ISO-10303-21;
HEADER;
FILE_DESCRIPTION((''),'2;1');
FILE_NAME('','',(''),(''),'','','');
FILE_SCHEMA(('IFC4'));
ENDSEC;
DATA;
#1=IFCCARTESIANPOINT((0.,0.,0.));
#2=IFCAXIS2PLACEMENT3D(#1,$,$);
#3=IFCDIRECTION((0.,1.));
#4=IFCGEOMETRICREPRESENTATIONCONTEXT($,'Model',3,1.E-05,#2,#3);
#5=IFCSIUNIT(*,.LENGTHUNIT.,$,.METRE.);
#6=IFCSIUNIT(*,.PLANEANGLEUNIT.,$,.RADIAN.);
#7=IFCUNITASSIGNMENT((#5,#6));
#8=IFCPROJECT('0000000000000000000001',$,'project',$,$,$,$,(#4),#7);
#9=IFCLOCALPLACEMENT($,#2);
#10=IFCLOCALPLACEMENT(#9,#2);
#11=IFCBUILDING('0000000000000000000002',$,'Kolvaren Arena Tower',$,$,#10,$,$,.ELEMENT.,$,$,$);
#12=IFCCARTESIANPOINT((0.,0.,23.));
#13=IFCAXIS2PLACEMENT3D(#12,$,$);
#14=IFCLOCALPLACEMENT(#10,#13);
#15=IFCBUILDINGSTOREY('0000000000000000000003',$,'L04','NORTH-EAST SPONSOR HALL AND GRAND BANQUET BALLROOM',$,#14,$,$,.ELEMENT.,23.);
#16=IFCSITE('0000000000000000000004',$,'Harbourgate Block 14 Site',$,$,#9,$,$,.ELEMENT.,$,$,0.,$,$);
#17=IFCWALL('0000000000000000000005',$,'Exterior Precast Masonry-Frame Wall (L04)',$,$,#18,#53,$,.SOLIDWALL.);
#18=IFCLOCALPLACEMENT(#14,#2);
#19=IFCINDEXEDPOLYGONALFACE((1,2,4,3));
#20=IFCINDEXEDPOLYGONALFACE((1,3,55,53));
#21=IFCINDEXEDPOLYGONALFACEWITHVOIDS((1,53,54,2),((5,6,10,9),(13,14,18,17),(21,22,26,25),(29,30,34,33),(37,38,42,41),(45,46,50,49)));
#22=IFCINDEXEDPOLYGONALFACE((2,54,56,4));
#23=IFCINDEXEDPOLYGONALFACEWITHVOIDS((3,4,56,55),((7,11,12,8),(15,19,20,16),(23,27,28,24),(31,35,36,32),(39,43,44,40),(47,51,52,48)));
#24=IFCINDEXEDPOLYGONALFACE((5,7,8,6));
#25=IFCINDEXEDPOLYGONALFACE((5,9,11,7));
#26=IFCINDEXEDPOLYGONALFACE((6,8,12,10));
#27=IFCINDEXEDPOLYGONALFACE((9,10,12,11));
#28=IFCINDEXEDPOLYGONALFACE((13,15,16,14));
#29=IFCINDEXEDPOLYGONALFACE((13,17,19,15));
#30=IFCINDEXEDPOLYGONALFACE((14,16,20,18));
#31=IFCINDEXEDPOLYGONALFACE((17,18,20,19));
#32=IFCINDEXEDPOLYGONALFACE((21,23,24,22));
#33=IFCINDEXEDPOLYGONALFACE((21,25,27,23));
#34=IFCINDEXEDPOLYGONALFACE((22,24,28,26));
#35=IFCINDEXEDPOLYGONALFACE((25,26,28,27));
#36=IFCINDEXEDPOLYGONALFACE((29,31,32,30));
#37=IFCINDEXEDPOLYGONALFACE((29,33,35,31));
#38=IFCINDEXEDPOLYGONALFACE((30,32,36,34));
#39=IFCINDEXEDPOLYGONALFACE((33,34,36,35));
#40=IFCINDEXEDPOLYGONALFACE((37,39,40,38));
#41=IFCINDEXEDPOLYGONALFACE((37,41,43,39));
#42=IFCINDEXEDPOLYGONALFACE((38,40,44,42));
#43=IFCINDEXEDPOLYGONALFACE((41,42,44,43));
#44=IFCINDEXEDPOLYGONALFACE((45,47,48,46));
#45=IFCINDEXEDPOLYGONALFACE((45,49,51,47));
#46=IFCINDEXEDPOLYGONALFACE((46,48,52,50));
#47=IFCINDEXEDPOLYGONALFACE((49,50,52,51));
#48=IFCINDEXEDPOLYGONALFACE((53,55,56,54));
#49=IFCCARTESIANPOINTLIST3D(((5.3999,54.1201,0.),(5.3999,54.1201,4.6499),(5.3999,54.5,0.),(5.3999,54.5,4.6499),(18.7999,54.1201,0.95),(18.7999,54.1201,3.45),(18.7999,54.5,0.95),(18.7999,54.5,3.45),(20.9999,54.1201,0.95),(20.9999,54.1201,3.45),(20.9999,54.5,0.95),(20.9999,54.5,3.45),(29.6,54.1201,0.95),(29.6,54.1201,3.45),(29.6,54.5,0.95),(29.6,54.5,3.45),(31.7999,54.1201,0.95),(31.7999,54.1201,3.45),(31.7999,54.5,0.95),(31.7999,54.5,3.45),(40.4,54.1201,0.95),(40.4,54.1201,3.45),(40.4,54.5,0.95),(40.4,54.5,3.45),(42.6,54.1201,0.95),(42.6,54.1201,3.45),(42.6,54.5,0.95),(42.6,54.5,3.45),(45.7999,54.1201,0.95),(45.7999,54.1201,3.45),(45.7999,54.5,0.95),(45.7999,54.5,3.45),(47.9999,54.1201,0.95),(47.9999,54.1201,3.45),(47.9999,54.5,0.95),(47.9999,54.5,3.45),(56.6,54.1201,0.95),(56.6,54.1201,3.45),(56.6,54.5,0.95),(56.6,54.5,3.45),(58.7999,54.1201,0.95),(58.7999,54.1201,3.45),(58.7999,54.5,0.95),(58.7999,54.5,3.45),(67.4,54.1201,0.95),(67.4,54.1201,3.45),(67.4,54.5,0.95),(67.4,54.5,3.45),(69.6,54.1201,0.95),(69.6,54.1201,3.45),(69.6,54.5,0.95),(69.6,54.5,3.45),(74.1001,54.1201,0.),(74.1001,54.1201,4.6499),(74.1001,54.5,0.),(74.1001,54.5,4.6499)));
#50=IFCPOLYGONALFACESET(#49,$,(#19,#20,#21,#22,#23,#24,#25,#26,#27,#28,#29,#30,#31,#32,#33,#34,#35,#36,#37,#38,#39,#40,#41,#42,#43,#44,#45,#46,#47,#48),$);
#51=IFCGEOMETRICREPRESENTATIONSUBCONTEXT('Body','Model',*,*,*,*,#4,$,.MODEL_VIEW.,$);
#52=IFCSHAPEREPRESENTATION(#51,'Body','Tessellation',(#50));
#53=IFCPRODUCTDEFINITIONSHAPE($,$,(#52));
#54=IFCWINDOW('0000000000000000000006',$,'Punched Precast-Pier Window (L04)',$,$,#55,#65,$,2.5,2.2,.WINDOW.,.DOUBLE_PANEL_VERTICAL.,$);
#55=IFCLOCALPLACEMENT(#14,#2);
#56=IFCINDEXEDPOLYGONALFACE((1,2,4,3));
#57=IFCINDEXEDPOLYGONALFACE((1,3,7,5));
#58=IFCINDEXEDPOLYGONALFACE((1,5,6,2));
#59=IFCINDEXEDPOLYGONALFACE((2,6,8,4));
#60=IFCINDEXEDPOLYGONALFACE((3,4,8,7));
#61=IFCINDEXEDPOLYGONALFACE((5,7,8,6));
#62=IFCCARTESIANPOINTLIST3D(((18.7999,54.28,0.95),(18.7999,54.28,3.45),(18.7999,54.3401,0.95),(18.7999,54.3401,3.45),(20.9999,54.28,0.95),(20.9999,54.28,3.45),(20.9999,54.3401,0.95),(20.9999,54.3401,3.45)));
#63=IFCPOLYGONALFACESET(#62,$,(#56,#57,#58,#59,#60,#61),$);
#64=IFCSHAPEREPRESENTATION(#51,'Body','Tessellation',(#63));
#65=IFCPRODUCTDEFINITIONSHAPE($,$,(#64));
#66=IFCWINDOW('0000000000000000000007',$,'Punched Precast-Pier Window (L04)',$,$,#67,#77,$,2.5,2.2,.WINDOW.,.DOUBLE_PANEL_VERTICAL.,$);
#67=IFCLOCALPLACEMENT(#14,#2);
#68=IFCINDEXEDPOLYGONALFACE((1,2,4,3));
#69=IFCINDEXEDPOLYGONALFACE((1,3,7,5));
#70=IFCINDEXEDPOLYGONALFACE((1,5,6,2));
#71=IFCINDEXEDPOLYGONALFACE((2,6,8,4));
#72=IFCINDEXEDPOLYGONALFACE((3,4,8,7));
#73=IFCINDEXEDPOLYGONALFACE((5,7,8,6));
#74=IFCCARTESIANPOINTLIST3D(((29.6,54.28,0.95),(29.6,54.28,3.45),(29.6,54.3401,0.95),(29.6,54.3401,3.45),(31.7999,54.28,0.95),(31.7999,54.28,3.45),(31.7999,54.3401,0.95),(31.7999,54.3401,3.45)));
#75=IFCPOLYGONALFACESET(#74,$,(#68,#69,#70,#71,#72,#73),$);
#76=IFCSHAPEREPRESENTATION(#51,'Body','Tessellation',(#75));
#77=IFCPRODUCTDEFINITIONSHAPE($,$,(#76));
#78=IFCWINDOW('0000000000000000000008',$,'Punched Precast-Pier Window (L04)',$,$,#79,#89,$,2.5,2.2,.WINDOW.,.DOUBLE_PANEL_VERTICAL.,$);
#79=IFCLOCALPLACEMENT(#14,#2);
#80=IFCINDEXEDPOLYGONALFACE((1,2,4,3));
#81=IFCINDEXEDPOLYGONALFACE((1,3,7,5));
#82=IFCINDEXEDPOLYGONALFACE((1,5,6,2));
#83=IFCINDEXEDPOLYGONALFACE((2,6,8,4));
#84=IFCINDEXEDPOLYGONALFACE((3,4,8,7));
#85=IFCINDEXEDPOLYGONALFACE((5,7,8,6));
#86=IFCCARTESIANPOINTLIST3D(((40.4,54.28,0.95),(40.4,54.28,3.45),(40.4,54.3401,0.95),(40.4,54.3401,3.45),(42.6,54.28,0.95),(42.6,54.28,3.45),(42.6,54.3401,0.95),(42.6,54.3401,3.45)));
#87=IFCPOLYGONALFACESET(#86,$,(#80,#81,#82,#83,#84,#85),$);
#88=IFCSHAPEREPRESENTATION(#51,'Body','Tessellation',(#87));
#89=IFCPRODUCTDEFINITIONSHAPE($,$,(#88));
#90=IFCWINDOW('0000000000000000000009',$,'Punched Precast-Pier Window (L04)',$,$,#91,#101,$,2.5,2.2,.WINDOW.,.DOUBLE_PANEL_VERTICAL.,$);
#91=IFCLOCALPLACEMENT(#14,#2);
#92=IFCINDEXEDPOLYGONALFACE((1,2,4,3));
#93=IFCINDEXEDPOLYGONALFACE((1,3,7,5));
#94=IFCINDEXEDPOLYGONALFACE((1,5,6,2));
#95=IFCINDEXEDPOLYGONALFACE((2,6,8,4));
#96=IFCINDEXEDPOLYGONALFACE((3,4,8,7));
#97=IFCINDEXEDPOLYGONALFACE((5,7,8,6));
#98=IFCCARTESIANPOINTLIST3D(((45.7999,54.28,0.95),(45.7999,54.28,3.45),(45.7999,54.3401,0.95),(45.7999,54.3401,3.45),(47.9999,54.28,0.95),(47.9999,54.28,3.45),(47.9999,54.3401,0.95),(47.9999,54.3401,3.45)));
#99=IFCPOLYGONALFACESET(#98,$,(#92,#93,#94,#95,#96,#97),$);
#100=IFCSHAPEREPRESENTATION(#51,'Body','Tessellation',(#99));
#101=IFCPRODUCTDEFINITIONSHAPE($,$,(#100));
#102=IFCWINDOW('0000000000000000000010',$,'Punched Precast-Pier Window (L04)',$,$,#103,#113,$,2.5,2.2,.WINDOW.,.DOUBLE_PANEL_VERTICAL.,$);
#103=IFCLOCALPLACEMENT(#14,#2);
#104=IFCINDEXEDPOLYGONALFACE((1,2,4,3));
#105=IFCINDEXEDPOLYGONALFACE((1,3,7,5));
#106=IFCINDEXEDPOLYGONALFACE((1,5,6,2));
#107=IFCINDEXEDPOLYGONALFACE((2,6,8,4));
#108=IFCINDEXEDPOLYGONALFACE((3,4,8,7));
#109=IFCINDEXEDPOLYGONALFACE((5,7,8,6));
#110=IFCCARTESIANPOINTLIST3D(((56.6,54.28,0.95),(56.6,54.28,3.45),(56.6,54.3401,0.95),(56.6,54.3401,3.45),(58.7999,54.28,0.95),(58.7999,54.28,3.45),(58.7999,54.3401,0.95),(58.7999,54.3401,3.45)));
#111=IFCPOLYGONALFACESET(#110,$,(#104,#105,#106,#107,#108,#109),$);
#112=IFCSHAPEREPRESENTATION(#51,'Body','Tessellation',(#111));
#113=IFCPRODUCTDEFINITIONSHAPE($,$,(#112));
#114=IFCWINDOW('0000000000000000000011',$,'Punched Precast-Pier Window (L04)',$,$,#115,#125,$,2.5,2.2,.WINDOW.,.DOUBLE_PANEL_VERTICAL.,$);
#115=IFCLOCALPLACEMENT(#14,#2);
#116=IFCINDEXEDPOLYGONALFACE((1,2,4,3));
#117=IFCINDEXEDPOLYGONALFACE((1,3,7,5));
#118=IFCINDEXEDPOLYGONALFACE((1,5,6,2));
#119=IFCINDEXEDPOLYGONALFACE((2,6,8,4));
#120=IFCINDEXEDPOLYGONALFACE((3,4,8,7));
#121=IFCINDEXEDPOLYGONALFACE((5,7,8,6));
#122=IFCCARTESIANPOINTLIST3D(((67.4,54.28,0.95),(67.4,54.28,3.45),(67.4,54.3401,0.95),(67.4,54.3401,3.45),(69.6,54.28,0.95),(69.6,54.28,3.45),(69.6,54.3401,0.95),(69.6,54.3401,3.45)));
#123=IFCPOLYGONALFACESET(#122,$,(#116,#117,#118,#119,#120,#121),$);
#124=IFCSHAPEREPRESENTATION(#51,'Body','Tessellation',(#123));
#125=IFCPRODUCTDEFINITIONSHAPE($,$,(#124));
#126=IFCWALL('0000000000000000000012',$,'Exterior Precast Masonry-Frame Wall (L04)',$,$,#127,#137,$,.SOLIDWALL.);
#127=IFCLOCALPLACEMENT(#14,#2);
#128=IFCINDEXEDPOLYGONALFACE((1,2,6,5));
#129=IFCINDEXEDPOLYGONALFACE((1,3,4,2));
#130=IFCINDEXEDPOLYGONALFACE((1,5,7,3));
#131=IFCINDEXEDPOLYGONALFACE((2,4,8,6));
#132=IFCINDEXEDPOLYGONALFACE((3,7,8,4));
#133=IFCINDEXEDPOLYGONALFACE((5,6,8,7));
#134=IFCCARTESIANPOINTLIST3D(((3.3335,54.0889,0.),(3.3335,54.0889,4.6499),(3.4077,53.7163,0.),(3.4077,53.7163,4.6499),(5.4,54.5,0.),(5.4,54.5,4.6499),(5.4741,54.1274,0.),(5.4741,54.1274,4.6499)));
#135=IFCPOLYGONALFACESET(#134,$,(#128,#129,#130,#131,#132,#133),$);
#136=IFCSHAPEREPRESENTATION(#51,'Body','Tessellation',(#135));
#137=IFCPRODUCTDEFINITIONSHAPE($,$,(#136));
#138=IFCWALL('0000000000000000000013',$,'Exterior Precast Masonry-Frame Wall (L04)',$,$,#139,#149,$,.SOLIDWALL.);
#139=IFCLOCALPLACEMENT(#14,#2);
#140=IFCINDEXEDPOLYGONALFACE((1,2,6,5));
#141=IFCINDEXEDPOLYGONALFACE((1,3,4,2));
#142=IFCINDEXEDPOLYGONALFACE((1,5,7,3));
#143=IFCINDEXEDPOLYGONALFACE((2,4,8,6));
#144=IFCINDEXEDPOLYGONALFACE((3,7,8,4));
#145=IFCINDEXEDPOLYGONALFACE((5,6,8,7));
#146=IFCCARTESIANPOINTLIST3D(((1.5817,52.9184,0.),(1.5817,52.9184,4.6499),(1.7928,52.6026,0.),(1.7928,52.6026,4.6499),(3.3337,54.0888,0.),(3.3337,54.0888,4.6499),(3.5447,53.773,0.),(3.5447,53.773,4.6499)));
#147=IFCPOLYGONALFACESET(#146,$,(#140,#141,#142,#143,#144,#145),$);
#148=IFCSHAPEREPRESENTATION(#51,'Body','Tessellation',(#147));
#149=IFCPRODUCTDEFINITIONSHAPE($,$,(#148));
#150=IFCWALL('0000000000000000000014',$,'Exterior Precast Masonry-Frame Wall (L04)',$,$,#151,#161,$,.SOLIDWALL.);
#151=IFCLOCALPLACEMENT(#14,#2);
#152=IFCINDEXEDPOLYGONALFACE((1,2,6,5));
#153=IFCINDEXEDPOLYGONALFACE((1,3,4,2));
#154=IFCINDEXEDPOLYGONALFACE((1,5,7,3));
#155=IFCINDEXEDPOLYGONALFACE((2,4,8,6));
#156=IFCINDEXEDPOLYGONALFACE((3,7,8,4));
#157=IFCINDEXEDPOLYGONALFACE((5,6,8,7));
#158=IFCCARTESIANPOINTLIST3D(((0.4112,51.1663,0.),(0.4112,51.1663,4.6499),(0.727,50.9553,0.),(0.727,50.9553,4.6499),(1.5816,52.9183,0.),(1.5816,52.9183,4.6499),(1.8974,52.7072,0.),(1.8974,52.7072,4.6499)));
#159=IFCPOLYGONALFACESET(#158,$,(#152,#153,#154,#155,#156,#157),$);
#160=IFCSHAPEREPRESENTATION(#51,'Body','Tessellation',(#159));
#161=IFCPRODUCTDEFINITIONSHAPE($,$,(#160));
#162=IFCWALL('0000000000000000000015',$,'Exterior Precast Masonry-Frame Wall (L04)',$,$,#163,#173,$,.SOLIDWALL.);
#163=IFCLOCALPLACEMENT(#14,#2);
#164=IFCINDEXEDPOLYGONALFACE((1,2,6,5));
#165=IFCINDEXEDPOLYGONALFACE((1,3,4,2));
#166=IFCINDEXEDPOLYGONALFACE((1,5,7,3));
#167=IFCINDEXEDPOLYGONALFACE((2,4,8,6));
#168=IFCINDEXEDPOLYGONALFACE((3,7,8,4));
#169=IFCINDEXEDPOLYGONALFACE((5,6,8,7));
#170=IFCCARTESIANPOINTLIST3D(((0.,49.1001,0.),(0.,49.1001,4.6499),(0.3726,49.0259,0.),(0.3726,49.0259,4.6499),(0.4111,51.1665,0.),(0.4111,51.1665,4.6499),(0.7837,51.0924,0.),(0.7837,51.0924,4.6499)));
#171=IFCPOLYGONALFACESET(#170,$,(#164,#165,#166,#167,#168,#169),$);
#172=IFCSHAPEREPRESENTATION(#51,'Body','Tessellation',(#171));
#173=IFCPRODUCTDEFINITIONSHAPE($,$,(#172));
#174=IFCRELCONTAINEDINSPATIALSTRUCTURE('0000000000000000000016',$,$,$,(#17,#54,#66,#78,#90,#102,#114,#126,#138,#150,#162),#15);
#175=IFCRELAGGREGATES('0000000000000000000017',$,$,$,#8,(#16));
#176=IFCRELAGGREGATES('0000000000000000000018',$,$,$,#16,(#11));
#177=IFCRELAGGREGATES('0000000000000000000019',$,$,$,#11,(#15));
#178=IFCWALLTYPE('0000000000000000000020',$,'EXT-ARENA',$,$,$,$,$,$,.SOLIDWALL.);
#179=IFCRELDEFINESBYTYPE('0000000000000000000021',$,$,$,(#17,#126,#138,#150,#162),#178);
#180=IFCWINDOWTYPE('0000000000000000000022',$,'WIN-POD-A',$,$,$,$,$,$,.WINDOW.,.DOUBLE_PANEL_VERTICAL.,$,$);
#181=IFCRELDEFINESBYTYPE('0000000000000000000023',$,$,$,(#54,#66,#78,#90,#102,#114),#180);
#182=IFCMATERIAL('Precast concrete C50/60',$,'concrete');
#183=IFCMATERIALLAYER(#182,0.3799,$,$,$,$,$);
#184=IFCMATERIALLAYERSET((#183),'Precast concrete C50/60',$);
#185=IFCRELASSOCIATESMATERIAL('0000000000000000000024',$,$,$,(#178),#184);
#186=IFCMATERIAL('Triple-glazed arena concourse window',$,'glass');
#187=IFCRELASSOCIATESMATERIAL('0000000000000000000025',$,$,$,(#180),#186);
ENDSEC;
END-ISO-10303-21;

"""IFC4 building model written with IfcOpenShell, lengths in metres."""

from ifc_helpers import new_model, si_unit, direction, frame, frame_2d, origin, place, context, subcontext, project, spatial, rectangle, extrude, material, layer, layer_set, type_object, element, fill, save


model = new_model("IFC4")

# Units and contexts
model_context = context("Model", 3, precision=1e-05, world=origin(), true_north=direction((0.0, 1.0)))
body_context = subcontext(model_context, "Body", "Model", "MODEL_VIEW")
ifc_project = project(units=[si_unit("LENGTHUNIT", "METRE"), si_unit("PLANEANGLEUNIT", "RADIAN")], contexts=[model_context])

# Site, building, storey
site_placement = place(None, origin())
site = spatial("IfcSite", under=ifc_project, at=site_placement, Name="Harbourgate Block 14 Site", CompositionType="ELEMENT", RefElevation=0.0)
building_placement = place(site_placement, origin())
building = spatial("IfcBuilding", under=site, at=building_placement, Name="Kolvaren Arena Tower", CompositionType="ELEMENT")
storey_placement = place(building_placement, frame((0.0, 0.0, 23.0)))
storey = spatial("IfcBuildingStorey", under=building, at=storey_placement, Name="L04", Description="NORTH-EAST SPONSOR HALL AND GRAND BANQUET BALLROOM", CompositionType="ELEMENT", Elevation=23.0)

# Wall, openings, windows
ifc_material_1 = material(Name="Precast concrete C50/60", Category="concrete")
ifc_layer = layer(ifc_material_1, 0.3799)
ifc_layer_set = layer_set([ifc_layer], Name="Precast concrete C50/60")
wall_type = type_object("IfcWallType", Name="EXT-ARENA", PredefinedType="SOLIDWALL", material=ifc_layer_set)
wall_placement = place(storey_placement, frame((5.3999, 54.3101, 0.0), z_axis=(0.0, 0.0, 1.0), x_axis=(1.0, 0.0, 0.0)))
wall = element("IfcWall", 1, at=wall_placement, inside=storey, type_object=wall_type, Name="Exterior Precast Masonry-Frame Wall (L04)", PredefinedType="SOLIDWALL", context=body_context, shape_type="SweptSolid", body=[
    extrude(rectangle(XDim=68.7002, YDim=0.3799, at=frame_2d((34.3501, 0.0))), origin(), (0.0, 0.0, 1.0), 4.6499),
])
opening_1_placement = place(wall_placement, frame((13.3999, 0.0, 0.95)))
opening_1 = element("IfcOpeningElement", 2, at=opening_1_placement, cuts=wall, PredefinedType="OPENING", context=body_context, shape_type="SweptSolid", body=[
    extrude(rectangle(XDim=2.2, YDim=2.5, at=frame_2d((1.1001, 1.25))), frame((0.0, 0.2, 0.0), z_axis=(0.0, -1.0, 0.0), x_axis=(1.0, 0.0, 0.0)), (0.0, 0.0, 1.0), 0.3999),
])
opening_2_placement = place(wall_placement, frame((24.2, 0.0, 0.95)))
opening_2 = element("IfcOpeningElement", 3, at=opening_2_placement, cuts=wall, PredefinedType="OPENING", context=body_context, shape_type="SweptSolid", body=[
    extrude(rectangle(XDim=2.2, YDim=2.5, at=frame_2d((1.1001, 1.25))), frame((0.0, 0.2, 0.0), z_axis=(0.0, -1.0, 0.0), x_axis=(1.0, 0.0, 0.0)), (0.0, 0.0, 1.0), 0.3999),
])
opening_3_placement = place(wall_placement, frame((35.0, 0.0, 0.95)))
opening_3 = element("IfcOpeningElement", 4, at=opening_3_placement, cuts=wall, PredefinedType="OPENING", context=body_context, shape_type="SweptSolid", body=[
    extrude(rectangle(XDim=2.2, YDim=2.5, at=frame_2d((1.1001, 1.25))), frame((0.0, 0.2, 0.0), z_axis=(0.0, -1.0, 0.0), x_axis=(1.0, 0.0, 0.0)), (0.0, 0.0, 1.0), 0.3999),
])
opening_4_placement = place(wall_placement, frame((40.3999, 0.0, 0.95)))
opening_4 = element("IfcOpeningElement", 5, at=opening_4_placement, cuts=wall, PredefinedType="OPENING", context=body_context, shape_type="SweptSolid", body=[
    extrude(rectangle(XDim=2.2, YDim=2.5, at=frame_2d((1.1001, 1.25))), frame((0.0, 0.2, 0.0), z_axis=(0.0, -1.0, 0.0), x_axis=(1.0, 0.0, 0.0)), (0.0, 0.0, 1.0), 0.3999),
])
opening_5_placement = place(wall_placement, frame((51.2, 0.0, 0.95)))
opening_5 = element("IfcOpeningElement", 6, at=opening_5_placement, cuts=wall, PredefinedType="OPENING", context=body_context, shape_type="SweptSolid", body=[
    extrude(rectangle(XDim=2.2, YDim=2.5, at=frame_2d((1.1001, 1.25))), frame((0.0, 0.2, 0.0), z_axis=(0.0, -1.0, 0.0), x_axis=(1.0, 0.0, 0.0)), (0.0, 0.0, 1.0), 0.3999),
])
opening_6_placement = place(wall_placement, frame((62.0, 0.0, 0.95)))
opening_6 = element("IfcOpeningElement", 7, at=opening_6_placement, cuts=wall, PredefinedType="OPENING", context=body_context, shape_type="SweptSolid", body=[
    extrude(rectangle(XDim=2.2, YDim=2.5, at=frame_2d((1.1001, 1.25))), frame((0.0, 0.2, 0.0), z_axis=(0.0, -1.0, 0.0), x_axis=(1.0, 0.0, 0.0)), (0.0, 0.0, 1.0), 0.3999),
])
ifc_material_2 = material(Name="Triple-glazed arena concourse window", Category="glass")
window_type = type_object("IfcWindowType", Name="WIN-POD-A", PartitioningType="DOUBLE_PANEL_VERTICAL", PredefinedType="WINDOW", material=ifc_material_2)
window_1_placement = place(opening_1_placement, origin())
window_1 = element("IfcWindow", 8, at=window_1_placement, inside=storey, type_object=window_type, Name="Punched Precast-Pier Window (L04)", OverallHeight=2.5, OverallWidth=2.2, PartitioningType="DOUBLE_PANEL_VERTICAL", PredefinedType="WINDOW", context=body_context, shape_type="SweptSolid", body=[
    extrude(rectangle(XDim=2.2, YDim=2.5, at=frame_2d((1.1001, 1.25))), frame((0.0, 0.03, 0.0), z_axis=(0.0, -1.0, 0.0), x_axis=(1.0, 0.0, 0.0)), (0.0, 0.0, 1.0), 0.0601),
])
fill(opening_1, window_1)
window_2_placement = place(opening_2_placement, origin())
window_2 = element("IfcWindow", 9, at=window_2_placement, inside=storey, type_object=window_type, Name="Punched Precast-Pier Window (L04)", OverallHeight=2.5, OverallWidth=2.2, PartitioningType="DOUBLE_PANEL_VERTICAL", PredefinedType="WINDOW", context=body_context, shape_type="SweptSolid", body=[
    extrude(rectangle(XDim=2.2, YDim=2.5, at=frame_2d((1.1001, 1.25))), frame((0.0, 0.03, 0.0), z_axis=(0.0, -1.0, 0.0), x_axis=(1.0, 0.0, 0.0)), (0.0, 0.0, 1.0), 0.0601),
])
fill(opening_2, window_2)
window_3_placement = place(opening_3_placement, origin())
window_3 = element("IfcWindow", 10, at=window_3_placement, inside=storey, type_object=window_type, Name="Punched Precast-Pier Window (L04)", OverallHeight=2.5, OverallWidth=2.2, PartitioningType="DOUBLE_PANEL_VERTICAL", PredefinedType="WINDOW", context=body_context, shape_type="SweptSolid", body=[
    extrude(rectangle(XDim=2.2, YDim=2.5, at=frame_2d((1.1001, 1.25))), frame((0.0, 0.03, 0.0), z_axis=(0.0, -1.0, 0.0), x_axis=(1.0, 0.0, 0.0)), (0.0, 0.0, 1.0), 0.0601),
])
fill(opening_3, window_3)
window_4_placement = place(opening_4_placement, origin())
window_4 = element("IfcWindow", 11, at=window_4_placement, inside=storey, type_object=window_type, Name="Punched Precast-Pier Window (L04)", OverallHeight=2.5, OverallWidth=2.2, PartitioningType="DOUBLE_PANEL_VERTICAL", PredefinedType="WINDOW", context=body_context, shape_type="SweptSolid", body=[
    extrude(rectangle(XDim=2.2, YDim=2.5, at=frame_2d((1.1001, 1.25))), frame((0.0, 0.03, 0.0), z_axis=(0.0, -1.0, 0.0), x_axis=(1.0, 0.0, 0.0)), (0.0, 0.0, 1.0), 0.0601),
])
fill(opening_4, window_4)
window_5_placement = place(opening_5_placement, origin())
window_5 = element("IfcWindow", 12, at=window_5_placement, inside=storey, type_object=window_type, Name="Punched Precast-Pier Window (L04)", OverallHeight=2.5, OverallWidth=2.2, PartitioningType="DOUBLE_PANEL_VERTICAL", PredefinedType="WINDOW", context=body_context, shape_type="SweptSolid", body=[
    extrude(rectangle(XDim=2.2, YDim=2.5, at=frame_2d((1.1001, 1.25))), frame((0.0, 0.03, 0.0), z_axis=(0.0, -1.0, 0.0), x_axis=(1.0, 0.0, 0.0)), (0.0, 0.0, 1.0), 0.0601),
])
fill(opening_5, window_5)
window_6_placement = place(opening_6_placement, origin())
window_6 = element("IfcWindow", 13, at=window_6_placement, inside=storey, type_object=window_type, Name="Punched Precast-Pier Window (L04)", OverallHeight=2.5, OverallWidth=2.2, PartitioningType="DOUBLE_PANEL_VERTICAL", PredefinedType="WINDOW", context=body_context, shape_type="SweptSolid", body=[
    extrude(rectangle(XDim=2.2, YDim=2.5, at=frame_2d((1.1001, 1.25))), frame((0.0, 0.03, 0.0), z_axis=(0.0, -1.0, 0.0), x_axis=(1.0, 0.0, 0.0)), (0.0, 0.0, 1.0), 0.0601),
])
fill(opening_6, window_6)

# Walls
for number, where, z_axis, x_axis, name in (
    (14, (3.3706, 53.9026, 0.0), (0.0, 0.0, 1.0), (0.980776, 0.195136, 0.0), "Exterior Precast Masonry-Frame Wall (L04)"),
    (15, (1.6873, 52.7605, 0.0), (0.0, 0.0, 1.0), (0.831515, 0.555502, 0.0), "Exterior Precast Masonry-Frame Wall (L04)"),
    (16, (0.5691, 51.0608, 0.0), (0.0, 0.0, 1.0), (0.555502, 0.831515, 0.0), "Exterior Precast Masonry-Frame Wall (L04)"),
    (17, (0.1863, 49.063, 0.0), (0.0, 0.0, 1.0), (0.195136, 0.980776, 0.0), "Exterior Precast Masonry-Frame Wall (L04)"),
):
    element("IfcWall", number, at=place(storey_placement, frame(where, z_axis=z_axis, x_axis=x_axis)), inside=storey, type_object=wall_type, Name=name, PredefinedType="SOLIDWALL", context=body_context, shape_type="SweptSolid", body=[
        extrude(rectangle(XDim=2.1069, YDim=0.3799, at=frame_2d((1.0535, 0.0))), origin(), (0.0, 0.0, 1.0), 4.6499),
    ])

save(model, "model.ifc")
